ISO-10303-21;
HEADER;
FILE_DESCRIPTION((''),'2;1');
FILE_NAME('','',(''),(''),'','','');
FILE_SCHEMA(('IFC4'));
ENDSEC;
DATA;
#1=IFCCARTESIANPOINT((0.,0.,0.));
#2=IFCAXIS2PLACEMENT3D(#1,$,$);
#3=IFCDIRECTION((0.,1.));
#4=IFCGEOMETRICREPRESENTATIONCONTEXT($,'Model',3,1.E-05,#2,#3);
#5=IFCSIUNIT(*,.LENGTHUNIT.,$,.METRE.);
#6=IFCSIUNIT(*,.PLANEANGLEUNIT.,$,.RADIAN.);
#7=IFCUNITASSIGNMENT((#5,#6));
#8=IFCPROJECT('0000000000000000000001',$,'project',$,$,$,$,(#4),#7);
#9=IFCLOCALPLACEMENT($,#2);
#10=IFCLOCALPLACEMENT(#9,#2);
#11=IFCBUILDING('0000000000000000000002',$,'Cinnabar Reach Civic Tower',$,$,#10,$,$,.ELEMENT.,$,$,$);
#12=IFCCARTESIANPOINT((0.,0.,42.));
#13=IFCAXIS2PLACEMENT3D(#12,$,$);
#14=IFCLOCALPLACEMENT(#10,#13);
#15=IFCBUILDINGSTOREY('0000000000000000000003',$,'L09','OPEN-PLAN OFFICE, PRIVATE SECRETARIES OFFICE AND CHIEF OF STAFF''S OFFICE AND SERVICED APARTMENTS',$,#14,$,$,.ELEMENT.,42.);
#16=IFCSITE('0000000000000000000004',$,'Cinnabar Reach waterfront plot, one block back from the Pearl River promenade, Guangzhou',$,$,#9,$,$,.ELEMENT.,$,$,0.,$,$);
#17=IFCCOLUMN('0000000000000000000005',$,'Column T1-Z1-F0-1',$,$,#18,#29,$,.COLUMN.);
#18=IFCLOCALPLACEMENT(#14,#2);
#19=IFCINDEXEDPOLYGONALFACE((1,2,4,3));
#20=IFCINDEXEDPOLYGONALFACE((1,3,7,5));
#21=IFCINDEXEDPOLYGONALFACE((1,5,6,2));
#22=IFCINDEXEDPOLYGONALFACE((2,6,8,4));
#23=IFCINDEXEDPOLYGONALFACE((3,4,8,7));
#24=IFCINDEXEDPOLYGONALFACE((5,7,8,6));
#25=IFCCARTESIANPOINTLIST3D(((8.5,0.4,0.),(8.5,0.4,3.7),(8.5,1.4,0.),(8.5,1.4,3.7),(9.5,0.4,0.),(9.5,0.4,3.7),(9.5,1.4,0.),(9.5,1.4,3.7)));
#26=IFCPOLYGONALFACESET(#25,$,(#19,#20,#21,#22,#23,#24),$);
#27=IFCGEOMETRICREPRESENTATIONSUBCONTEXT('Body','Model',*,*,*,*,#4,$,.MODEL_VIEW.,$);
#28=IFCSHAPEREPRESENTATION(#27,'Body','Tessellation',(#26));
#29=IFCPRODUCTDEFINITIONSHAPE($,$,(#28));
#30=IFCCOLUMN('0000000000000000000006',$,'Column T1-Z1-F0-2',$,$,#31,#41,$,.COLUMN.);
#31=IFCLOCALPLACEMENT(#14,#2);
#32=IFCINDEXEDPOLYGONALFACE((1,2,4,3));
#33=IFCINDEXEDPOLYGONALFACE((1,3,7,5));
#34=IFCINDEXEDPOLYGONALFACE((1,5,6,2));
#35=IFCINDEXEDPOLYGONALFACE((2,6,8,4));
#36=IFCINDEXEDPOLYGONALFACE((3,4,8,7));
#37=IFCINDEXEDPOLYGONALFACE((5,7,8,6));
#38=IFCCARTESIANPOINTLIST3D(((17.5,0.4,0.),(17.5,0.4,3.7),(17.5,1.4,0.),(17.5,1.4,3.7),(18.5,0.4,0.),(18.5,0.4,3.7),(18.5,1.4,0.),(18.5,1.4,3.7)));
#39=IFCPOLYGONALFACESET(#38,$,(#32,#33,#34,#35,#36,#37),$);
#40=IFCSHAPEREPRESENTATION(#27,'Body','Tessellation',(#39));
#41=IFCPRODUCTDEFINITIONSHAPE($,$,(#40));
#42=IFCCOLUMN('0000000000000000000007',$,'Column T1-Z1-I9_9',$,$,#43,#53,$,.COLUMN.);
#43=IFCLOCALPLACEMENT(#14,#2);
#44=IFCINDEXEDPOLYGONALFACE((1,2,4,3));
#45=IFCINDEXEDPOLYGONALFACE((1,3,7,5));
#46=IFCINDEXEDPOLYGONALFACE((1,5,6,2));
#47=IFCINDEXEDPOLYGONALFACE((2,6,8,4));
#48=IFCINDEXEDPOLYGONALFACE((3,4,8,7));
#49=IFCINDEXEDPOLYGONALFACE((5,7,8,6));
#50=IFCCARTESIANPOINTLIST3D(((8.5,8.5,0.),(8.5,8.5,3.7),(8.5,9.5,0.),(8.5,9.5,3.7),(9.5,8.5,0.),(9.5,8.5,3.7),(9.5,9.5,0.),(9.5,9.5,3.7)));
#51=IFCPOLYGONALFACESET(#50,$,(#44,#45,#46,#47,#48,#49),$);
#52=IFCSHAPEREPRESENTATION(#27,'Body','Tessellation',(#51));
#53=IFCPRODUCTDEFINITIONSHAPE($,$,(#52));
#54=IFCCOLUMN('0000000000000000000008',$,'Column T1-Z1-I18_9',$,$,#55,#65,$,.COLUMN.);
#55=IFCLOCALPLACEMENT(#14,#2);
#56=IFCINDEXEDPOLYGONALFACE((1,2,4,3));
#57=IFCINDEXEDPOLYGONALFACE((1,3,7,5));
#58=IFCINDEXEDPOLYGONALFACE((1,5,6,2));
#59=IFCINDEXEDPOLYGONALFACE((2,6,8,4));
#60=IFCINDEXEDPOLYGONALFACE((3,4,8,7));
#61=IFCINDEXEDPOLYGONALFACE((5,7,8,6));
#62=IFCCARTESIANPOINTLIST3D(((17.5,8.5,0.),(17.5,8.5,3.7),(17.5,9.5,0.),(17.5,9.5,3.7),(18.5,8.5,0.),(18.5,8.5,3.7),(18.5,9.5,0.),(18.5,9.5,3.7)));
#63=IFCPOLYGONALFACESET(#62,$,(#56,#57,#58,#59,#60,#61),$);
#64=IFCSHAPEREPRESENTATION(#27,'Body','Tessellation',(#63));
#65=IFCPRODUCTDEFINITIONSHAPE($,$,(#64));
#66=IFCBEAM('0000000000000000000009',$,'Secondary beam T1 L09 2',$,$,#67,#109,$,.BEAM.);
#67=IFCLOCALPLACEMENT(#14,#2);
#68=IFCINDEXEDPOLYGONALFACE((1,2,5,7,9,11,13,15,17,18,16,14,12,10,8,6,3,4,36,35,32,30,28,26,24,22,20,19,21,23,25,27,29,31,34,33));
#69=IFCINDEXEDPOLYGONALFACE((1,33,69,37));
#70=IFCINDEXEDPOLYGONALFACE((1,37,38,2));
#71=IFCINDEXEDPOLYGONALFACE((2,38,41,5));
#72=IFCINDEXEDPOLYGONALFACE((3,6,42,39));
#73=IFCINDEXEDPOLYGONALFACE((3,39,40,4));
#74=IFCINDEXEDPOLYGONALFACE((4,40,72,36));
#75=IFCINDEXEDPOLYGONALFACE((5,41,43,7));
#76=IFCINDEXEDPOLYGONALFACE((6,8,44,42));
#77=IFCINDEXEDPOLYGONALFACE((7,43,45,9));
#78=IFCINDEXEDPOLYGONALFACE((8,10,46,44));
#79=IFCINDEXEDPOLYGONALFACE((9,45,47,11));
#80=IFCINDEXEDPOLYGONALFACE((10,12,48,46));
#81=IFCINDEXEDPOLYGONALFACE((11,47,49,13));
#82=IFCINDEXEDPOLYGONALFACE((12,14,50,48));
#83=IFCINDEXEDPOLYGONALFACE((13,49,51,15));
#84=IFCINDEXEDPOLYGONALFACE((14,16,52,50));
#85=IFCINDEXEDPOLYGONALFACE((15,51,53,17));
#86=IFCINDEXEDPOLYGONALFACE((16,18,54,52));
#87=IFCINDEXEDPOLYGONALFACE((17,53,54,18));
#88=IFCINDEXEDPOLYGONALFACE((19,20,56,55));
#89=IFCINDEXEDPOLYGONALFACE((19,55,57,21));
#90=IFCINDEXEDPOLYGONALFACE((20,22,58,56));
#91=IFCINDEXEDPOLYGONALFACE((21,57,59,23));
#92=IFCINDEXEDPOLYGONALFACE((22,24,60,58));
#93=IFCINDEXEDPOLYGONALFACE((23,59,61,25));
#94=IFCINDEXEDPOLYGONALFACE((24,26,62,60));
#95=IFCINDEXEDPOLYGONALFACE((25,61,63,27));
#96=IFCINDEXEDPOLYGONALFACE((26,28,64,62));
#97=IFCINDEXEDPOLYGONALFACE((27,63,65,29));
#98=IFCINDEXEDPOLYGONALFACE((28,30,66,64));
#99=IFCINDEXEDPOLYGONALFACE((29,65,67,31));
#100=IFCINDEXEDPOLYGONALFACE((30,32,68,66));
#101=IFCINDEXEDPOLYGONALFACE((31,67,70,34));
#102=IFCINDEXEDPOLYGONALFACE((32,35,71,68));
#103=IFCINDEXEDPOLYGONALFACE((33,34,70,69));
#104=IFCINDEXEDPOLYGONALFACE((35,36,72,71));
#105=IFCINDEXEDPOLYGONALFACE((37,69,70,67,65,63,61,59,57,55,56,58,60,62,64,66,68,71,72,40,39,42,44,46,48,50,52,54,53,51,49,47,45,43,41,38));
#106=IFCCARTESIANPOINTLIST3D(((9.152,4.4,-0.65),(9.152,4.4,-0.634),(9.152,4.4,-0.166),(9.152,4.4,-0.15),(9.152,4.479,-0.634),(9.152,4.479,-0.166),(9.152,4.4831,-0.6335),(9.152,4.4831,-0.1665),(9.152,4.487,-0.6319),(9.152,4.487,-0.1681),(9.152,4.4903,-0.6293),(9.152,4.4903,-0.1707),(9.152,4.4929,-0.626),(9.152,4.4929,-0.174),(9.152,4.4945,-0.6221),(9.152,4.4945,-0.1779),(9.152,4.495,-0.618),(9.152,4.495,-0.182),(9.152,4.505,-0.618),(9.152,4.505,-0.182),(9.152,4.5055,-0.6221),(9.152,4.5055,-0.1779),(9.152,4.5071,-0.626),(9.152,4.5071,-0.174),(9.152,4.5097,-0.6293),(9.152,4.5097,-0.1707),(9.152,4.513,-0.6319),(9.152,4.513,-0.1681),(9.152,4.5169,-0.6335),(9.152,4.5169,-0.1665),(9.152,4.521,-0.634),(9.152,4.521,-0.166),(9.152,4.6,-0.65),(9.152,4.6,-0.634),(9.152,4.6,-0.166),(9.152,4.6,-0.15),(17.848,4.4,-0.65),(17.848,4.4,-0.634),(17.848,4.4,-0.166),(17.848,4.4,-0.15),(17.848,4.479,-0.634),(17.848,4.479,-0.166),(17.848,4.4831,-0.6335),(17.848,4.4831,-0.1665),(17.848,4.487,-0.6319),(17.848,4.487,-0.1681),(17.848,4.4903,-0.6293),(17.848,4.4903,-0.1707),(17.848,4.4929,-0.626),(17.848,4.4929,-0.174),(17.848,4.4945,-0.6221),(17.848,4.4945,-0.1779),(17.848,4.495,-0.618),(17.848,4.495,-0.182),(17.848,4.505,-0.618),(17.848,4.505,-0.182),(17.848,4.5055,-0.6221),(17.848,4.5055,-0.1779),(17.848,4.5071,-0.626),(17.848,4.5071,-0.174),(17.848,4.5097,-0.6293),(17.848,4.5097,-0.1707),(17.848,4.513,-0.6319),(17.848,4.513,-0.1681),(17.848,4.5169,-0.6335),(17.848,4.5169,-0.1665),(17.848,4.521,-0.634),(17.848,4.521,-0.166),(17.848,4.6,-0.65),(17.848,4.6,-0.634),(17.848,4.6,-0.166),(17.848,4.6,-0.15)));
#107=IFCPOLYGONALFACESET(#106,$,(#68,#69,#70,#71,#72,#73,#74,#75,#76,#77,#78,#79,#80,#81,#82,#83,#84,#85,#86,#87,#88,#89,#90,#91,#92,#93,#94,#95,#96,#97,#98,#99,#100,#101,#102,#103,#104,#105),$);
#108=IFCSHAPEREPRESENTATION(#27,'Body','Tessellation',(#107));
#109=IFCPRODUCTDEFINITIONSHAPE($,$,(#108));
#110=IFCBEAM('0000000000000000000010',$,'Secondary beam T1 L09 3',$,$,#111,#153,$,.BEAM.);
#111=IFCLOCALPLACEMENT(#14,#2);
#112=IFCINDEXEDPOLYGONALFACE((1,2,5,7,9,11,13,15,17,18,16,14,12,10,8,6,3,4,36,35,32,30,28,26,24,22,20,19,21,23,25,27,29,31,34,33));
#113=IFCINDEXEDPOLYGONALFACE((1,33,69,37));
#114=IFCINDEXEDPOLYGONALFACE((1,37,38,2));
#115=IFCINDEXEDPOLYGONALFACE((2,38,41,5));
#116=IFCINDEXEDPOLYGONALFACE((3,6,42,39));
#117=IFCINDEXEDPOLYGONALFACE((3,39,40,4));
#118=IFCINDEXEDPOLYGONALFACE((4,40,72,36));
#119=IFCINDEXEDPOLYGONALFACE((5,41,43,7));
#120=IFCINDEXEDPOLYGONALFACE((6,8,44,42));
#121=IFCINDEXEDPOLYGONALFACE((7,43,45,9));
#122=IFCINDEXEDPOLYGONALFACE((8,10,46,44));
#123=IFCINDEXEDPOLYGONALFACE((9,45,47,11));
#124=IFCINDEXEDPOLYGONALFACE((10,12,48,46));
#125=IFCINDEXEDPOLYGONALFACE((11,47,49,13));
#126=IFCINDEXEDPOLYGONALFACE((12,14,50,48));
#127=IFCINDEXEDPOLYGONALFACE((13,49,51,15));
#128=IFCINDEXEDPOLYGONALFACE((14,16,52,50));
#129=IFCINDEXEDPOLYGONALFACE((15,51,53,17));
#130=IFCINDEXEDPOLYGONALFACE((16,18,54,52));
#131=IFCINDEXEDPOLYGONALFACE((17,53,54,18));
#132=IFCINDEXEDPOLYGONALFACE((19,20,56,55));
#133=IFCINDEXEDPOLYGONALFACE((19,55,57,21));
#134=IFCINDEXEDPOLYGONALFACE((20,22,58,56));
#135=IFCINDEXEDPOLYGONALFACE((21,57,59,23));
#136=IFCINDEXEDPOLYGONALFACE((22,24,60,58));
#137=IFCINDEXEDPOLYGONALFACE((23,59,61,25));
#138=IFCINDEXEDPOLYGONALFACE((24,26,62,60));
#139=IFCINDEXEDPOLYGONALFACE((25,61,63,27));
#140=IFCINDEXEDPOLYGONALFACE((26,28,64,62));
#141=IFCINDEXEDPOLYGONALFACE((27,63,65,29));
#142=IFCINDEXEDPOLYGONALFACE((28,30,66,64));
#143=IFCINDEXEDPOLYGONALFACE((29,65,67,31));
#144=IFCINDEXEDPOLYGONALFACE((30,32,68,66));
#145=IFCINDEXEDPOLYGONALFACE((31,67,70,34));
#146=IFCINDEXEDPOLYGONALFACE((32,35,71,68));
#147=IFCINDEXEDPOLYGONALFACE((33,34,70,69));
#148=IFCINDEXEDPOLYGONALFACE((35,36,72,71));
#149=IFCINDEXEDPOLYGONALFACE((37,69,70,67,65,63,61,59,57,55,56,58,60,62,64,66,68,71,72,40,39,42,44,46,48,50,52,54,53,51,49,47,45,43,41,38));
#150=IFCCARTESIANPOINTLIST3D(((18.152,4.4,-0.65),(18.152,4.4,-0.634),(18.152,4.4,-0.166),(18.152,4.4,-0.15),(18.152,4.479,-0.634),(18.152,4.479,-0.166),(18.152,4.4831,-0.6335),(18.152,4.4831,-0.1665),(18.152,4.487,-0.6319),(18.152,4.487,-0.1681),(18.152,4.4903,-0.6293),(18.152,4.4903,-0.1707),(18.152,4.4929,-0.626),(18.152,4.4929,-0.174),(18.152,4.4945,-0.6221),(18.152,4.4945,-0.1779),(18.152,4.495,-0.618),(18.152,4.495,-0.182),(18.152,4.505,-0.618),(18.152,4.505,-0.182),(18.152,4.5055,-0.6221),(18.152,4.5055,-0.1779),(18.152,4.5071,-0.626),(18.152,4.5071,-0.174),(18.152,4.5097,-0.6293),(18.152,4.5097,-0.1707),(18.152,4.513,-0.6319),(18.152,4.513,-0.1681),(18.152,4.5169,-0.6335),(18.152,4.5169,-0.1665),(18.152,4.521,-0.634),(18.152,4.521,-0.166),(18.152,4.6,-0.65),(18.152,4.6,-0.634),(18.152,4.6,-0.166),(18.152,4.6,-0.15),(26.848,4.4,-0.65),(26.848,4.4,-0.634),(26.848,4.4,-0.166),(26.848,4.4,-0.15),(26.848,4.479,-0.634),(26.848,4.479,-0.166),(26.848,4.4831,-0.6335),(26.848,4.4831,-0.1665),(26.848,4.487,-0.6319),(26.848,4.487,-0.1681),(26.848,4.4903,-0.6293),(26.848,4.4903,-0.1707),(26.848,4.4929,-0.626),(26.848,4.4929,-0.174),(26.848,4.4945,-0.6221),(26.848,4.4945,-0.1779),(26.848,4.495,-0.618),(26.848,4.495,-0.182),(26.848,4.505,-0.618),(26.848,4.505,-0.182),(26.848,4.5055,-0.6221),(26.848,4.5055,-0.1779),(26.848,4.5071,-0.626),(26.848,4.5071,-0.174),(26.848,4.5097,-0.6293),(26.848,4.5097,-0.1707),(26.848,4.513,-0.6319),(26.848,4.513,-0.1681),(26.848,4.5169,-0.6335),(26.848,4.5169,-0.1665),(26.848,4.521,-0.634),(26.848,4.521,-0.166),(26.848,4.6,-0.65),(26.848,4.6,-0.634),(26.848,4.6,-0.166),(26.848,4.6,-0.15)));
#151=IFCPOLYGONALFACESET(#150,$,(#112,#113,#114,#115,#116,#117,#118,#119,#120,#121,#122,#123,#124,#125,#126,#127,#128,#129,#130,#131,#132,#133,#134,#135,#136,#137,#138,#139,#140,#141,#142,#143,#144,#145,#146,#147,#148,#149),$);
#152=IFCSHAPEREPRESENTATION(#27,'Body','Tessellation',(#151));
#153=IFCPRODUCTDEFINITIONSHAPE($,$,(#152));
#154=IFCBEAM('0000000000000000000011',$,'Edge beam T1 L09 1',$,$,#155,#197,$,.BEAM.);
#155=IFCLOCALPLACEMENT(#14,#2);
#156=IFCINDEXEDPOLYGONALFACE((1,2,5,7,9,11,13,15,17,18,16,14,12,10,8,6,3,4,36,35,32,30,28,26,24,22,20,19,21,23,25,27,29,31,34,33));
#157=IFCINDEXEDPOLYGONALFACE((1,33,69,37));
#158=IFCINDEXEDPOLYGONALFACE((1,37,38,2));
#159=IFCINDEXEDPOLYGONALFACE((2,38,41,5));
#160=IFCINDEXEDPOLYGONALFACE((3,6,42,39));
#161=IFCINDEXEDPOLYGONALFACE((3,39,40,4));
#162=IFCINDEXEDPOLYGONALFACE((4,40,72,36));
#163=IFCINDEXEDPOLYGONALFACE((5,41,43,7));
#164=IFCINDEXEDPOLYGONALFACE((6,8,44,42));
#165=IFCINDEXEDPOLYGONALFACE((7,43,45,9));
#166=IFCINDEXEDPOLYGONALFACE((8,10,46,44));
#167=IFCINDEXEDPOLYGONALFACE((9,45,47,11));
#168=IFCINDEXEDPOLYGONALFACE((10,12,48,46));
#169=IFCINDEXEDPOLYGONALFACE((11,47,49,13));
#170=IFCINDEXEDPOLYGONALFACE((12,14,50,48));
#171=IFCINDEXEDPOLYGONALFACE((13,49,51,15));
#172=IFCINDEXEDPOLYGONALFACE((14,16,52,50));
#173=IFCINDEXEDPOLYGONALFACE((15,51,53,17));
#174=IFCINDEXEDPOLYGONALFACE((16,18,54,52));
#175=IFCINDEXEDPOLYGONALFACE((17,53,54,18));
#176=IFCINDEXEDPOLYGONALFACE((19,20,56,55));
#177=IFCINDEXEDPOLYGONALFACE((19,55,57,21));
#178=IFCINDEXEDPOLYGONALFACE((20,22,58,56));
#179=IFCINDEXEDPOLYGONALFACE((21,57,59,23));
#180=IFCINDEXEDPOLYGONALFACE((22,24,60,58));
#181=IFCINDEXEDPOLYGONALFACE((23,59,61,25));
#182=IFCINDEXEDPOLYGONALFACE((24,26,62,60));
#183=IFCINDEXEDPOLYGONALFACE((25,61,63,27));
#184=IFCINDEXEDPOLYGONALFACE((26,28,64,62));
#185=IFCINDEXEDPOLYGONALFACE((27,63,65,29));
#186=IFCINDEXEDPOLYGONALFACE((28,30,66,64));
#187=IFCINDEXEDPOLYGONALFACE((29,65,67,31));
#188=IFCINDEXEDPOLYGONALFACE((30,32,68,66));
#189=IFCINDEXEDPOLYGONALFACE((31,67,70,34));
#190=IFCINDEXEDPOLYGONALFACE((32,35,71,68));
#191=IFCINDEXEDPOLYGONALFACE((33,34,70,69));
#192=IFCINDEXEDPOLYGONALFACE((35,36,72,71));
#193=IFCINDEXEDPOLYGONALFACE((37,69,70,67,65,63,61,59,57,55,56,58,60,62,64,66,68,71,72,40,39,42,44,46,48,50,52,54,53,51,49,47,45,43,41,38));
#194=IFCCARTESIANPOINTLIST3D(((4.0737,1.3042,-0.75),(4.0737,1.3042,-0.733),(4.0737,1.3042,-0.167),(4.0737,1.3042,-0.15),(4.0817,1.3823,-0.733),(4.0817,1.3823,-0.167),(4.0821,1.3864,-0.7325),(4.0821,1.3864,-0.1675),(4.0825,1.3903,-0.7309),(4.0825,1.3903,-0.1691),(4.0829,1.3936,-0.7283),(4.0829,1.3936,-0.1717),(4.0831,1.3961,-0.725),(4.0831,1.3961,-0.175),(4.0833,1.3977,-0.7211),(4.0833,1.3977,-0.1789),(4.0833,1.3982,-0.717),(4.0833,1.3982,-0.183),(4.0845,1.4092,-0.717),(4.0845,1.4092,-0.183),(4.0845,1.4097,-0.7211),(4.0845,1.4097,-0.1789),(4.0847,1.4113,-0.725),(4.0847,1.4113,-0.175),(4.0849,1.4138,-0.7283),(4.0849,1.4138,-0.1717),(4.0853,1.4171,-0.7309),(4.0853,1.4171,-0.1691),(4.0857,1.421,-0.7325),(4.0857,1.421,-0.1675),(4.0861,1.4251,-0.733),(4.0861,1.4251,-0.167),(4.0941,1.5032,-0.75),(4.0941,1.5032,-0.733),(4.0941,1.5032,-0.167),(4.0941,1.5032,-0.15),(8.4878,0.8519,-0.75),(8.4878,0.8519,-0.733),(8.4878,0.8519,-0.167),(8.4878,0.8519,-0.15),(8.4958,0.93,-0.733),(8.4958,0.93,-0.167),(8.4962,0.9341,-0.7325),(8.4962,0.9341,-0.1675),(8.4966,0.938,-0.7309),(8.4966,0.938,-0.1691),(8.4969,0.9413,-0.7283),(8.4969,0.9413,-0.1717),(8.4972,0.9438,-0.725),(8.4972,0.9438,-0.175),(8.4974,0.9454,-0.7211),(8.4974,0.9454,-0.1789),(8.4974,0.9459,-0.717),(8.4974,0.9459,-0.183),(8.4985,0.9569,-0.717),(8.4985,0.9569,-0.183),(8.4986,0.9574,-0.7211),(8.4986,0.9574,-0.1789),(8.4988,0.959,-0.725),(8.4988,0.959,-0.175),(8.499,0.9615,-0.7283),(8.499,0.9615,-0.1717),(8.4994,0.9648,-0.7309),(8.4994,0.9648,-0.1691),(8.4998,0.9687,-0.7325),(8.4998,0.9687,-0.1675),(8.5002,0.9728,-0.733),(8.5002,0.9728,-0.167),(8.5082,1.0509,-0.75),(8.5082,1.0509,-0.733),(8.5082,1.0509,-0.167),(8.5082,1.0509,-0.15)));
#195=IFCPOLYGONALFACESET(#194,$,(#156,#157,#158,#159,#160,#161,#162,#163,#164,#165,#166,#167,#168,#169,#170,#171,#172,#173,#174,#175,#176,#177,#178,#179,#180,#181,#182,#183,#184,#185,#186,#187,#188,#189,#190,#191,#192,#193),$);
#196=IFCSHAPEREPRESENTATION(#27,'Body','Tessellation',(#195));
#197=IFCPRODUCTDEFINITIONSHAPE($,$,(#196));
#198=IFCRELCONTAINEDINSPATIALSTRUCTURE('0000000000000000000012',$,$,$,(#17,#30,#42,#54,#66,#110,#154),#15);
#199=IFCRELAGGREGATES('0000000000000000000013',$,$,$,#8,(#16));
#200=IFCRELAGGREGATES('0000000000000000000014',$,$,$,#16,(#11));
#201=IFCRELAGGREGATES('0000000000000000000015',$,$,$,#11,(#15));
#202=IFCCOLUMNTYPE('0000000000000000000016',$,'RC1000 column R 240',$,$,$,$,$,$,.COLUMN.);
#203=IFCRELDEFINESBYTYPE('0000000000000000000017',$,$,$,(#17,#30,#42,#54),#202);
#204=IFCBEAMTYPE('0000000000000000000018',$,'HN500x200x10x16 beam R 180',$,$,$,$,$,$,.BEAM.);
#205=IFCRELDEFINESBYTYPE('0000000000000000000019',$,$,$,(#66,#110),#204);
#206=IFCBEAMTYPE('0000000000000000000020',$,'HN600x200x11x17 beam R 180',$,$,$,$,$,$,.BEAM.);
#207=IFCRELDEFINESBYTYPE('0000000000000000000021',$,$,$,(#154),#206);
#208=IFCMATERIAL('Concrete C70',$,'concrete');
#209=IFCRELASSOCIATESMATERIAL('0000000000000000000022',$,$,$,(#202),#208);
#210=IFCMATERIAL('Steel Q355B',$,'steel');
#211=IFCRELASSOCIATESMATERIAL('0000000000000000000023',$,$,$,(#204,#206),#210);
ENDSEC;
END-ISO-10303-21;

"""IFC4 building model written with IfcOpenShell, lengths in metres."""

from ifc_helpers import new_model, si_unit, direction, frame, origin, origin_2d, place, context, subcontext, project, spatial, rectangle, i_section, extrude, material, material_profile, profile_set, type_object, element, save


model = new_model("IFC4")

# Units and contexts
model_context = context("Model", 3, precision=1e-05, world=origin(), true_north=direction((0.0, 1.0)))
body_context = subcontext(model_context, "Body", "Model", "MODEL_VIEW")
ifc_project = project(units=[si_unit("LENGTHUNIT", "METRE"), si_unit("PLANEANGLEUNIT", "RADIAN")], contexts=[model_context])

# Site, building, storey
site_placement = place(None, origin())
site = spatial("IfcSite", under=ifc_project, at=site_placement, Name="Cinnabar Reach waterfront plot, one block back from the Pearl River promenade, Guangzhou", CompositionType="ELEMENT", RefElevation=0.0)
building_placement = place(site_placement, origin())
building = spatial("IfcBuilding", under=site, at=building_placement, Name="Cinnabar Reach Civic Tower", CompositionType="ELEMENT")
storey_placement = place(building_placement, frame((0.0, 0.0, 42.0)))
storey = spatial("IfcBuildingStorey", under=building, at=storey_placement, Name="L09", Description="OPEN-PLAN OFFICE, PRIVATE SECRETARIES OFFICE AND CHIEF OF STAFF'S OFFICE AND SERVICED APARTMENTS", CompositionType="ELEMENT", Elevation=42.0)

# Columns
ifc_material_1 = material(Name="Concrete C70", Category="concrete")
ifc_material_profile_1 = material_profile(ifc_material_1, rectangle(XDim=1.0, YDim=1.0, at=origin_2d()), Name="RC1000")
ifc_profile_set_1 = profile_set([ifc_material_profile_1], Name="Concrete C70")
column_type = type_object("IfcColumnType", Name="RC1000 column R 240", PredefinedType="COLUMN", material=ifc_profile_set_1)
for number, where, z_axis, x_axis, name in (
    (1, (9.0, 0.9, 0.0), (0.0, 0.0, 1.0), (1.0, 0.0, 0.0), "Column T1-Z1-F0-1"),
    (2, (18.0, 0.9, 0.0), (0.0, 0.0, 1.0), (1.0, 0.0, 0.0), "Column T1-Z1-F0-2"),
    (3, (9.0, 9.0, 0.0), (0.0, 0.0, 1.0), (1.0, 0.0, 0.0), "Column T1-Z1-I9_9"),
    (4, (18.0, 9.0, 0.0), (0.0, 0.0, 1.0), (1.0, 0.0, 0.0), "Column T1-Z1-I18_9"),
):
    element("IfcColumn", number, at=place(storey_placement, frame(where, z_axis=z_axis, x_axis=x_axis)), inside=storey, type_object=column_type, Name=name, PredefinedType="COLUMN", context=body_context, shape_type="SweptSolid", body=[
        extrude(rectangle(XDim=1.0, YDim=1.0, at=origin_2d()), origin(), (0.0, 0.0, 1.0), 3.7),
    ])

# Beams
ifc_material_2 = material(Name="Steel Q355B", Category="steel")
ifc_material_profile_2 = material_profile(ifc_material_2, i_section(OverallWidth=0.2, OverallDepth=0.5, WebThickness=0.01, FlangeThickness=0.016, FilletRadius=0.016, at=origin_2d()), Name="HN500x200x10x16")
ifc_profile_set_2 = profile_set([ifc_material_profile_2], Name="Steel Q355B")
beam_type_1 = type_object("IfcBeamType", Name="HN500x200x10x16 beam R 180", PredefinedType="BEAM", material=ifc_profile_set_2)
for number, where, z_axis, x_axis, name in (
    (5, (9.152, 4.5, -0.4), (1.0, 0.0, 0.0), (0.0, 1.0, 0.0), "Secondary beam T1 L09 2"),
    (6, (18.152, 4.5, -0.4), (1.0, 0.0, 0.0), (0.0, 1.0, 0.0), "Secondary beam T1 L09 3"),
):
    element("IfcBeam", number, at=place(storey_placement, frame(where, z_axis=z_axis, x_axis=x_axis)), inside=storey, type_object=beam_type_1, Name=name, PredefinedType="BEAM", context=body_context, shape_type="SweptSolid", body=[
        extrude(i_section(OverallWidth=0.2, OverallDepth=0.5, WebThickness=0.01, FlangeThickness=0.016, FilletRadius=0.016, at=origin_2d()), origin(), (0.0, 0.0, 1.0), 8.696),
    ])
ifc_material_profile_3 = material_profile(ifc_material_2, i_section(OverallWidth=0.2, OverallDepth=0.6, WebThickness=0.011, FlangeThickness=0.017, FilletRadius=0.016, at=origin_2d()), Name="HN600x200x11x17")
ifc_profile_set_3 = profile_set([ifc_material_profile_3], Name="Steel Q355B")
beam_type_2 = type_object("IfcBeamType", Name="HN600x200x11x17 beam R 180", PredefinedType="BEAM", material=ifc_profile_set_3)
beam_1_placement = place(storey_placement, frame((4.0839, 1.4037, -0.45), z_axis=(0.994791, -0.101933, 0.0), x_axis=(0.101933, 0.994791, 0.0)))
element("IfcBeam", 7, at=beam_1_placement, inside=storey, type_object=beam_type_2, Name="Edge beam T1 L09 1", PredefinedType="BEAM", context=body_context, shape_type="SweptSolid", body=[
    extrude(i_section(OverallWidth=0.2, OverallDepth=0.6, WebThickness=0.011, FlangeThickness=0.017, FilletRadius=0.016, at=origin_2d()), origin(), (0.0, 0.0, 1.0), 4.4372),
])

save(model, "model.ifc")
